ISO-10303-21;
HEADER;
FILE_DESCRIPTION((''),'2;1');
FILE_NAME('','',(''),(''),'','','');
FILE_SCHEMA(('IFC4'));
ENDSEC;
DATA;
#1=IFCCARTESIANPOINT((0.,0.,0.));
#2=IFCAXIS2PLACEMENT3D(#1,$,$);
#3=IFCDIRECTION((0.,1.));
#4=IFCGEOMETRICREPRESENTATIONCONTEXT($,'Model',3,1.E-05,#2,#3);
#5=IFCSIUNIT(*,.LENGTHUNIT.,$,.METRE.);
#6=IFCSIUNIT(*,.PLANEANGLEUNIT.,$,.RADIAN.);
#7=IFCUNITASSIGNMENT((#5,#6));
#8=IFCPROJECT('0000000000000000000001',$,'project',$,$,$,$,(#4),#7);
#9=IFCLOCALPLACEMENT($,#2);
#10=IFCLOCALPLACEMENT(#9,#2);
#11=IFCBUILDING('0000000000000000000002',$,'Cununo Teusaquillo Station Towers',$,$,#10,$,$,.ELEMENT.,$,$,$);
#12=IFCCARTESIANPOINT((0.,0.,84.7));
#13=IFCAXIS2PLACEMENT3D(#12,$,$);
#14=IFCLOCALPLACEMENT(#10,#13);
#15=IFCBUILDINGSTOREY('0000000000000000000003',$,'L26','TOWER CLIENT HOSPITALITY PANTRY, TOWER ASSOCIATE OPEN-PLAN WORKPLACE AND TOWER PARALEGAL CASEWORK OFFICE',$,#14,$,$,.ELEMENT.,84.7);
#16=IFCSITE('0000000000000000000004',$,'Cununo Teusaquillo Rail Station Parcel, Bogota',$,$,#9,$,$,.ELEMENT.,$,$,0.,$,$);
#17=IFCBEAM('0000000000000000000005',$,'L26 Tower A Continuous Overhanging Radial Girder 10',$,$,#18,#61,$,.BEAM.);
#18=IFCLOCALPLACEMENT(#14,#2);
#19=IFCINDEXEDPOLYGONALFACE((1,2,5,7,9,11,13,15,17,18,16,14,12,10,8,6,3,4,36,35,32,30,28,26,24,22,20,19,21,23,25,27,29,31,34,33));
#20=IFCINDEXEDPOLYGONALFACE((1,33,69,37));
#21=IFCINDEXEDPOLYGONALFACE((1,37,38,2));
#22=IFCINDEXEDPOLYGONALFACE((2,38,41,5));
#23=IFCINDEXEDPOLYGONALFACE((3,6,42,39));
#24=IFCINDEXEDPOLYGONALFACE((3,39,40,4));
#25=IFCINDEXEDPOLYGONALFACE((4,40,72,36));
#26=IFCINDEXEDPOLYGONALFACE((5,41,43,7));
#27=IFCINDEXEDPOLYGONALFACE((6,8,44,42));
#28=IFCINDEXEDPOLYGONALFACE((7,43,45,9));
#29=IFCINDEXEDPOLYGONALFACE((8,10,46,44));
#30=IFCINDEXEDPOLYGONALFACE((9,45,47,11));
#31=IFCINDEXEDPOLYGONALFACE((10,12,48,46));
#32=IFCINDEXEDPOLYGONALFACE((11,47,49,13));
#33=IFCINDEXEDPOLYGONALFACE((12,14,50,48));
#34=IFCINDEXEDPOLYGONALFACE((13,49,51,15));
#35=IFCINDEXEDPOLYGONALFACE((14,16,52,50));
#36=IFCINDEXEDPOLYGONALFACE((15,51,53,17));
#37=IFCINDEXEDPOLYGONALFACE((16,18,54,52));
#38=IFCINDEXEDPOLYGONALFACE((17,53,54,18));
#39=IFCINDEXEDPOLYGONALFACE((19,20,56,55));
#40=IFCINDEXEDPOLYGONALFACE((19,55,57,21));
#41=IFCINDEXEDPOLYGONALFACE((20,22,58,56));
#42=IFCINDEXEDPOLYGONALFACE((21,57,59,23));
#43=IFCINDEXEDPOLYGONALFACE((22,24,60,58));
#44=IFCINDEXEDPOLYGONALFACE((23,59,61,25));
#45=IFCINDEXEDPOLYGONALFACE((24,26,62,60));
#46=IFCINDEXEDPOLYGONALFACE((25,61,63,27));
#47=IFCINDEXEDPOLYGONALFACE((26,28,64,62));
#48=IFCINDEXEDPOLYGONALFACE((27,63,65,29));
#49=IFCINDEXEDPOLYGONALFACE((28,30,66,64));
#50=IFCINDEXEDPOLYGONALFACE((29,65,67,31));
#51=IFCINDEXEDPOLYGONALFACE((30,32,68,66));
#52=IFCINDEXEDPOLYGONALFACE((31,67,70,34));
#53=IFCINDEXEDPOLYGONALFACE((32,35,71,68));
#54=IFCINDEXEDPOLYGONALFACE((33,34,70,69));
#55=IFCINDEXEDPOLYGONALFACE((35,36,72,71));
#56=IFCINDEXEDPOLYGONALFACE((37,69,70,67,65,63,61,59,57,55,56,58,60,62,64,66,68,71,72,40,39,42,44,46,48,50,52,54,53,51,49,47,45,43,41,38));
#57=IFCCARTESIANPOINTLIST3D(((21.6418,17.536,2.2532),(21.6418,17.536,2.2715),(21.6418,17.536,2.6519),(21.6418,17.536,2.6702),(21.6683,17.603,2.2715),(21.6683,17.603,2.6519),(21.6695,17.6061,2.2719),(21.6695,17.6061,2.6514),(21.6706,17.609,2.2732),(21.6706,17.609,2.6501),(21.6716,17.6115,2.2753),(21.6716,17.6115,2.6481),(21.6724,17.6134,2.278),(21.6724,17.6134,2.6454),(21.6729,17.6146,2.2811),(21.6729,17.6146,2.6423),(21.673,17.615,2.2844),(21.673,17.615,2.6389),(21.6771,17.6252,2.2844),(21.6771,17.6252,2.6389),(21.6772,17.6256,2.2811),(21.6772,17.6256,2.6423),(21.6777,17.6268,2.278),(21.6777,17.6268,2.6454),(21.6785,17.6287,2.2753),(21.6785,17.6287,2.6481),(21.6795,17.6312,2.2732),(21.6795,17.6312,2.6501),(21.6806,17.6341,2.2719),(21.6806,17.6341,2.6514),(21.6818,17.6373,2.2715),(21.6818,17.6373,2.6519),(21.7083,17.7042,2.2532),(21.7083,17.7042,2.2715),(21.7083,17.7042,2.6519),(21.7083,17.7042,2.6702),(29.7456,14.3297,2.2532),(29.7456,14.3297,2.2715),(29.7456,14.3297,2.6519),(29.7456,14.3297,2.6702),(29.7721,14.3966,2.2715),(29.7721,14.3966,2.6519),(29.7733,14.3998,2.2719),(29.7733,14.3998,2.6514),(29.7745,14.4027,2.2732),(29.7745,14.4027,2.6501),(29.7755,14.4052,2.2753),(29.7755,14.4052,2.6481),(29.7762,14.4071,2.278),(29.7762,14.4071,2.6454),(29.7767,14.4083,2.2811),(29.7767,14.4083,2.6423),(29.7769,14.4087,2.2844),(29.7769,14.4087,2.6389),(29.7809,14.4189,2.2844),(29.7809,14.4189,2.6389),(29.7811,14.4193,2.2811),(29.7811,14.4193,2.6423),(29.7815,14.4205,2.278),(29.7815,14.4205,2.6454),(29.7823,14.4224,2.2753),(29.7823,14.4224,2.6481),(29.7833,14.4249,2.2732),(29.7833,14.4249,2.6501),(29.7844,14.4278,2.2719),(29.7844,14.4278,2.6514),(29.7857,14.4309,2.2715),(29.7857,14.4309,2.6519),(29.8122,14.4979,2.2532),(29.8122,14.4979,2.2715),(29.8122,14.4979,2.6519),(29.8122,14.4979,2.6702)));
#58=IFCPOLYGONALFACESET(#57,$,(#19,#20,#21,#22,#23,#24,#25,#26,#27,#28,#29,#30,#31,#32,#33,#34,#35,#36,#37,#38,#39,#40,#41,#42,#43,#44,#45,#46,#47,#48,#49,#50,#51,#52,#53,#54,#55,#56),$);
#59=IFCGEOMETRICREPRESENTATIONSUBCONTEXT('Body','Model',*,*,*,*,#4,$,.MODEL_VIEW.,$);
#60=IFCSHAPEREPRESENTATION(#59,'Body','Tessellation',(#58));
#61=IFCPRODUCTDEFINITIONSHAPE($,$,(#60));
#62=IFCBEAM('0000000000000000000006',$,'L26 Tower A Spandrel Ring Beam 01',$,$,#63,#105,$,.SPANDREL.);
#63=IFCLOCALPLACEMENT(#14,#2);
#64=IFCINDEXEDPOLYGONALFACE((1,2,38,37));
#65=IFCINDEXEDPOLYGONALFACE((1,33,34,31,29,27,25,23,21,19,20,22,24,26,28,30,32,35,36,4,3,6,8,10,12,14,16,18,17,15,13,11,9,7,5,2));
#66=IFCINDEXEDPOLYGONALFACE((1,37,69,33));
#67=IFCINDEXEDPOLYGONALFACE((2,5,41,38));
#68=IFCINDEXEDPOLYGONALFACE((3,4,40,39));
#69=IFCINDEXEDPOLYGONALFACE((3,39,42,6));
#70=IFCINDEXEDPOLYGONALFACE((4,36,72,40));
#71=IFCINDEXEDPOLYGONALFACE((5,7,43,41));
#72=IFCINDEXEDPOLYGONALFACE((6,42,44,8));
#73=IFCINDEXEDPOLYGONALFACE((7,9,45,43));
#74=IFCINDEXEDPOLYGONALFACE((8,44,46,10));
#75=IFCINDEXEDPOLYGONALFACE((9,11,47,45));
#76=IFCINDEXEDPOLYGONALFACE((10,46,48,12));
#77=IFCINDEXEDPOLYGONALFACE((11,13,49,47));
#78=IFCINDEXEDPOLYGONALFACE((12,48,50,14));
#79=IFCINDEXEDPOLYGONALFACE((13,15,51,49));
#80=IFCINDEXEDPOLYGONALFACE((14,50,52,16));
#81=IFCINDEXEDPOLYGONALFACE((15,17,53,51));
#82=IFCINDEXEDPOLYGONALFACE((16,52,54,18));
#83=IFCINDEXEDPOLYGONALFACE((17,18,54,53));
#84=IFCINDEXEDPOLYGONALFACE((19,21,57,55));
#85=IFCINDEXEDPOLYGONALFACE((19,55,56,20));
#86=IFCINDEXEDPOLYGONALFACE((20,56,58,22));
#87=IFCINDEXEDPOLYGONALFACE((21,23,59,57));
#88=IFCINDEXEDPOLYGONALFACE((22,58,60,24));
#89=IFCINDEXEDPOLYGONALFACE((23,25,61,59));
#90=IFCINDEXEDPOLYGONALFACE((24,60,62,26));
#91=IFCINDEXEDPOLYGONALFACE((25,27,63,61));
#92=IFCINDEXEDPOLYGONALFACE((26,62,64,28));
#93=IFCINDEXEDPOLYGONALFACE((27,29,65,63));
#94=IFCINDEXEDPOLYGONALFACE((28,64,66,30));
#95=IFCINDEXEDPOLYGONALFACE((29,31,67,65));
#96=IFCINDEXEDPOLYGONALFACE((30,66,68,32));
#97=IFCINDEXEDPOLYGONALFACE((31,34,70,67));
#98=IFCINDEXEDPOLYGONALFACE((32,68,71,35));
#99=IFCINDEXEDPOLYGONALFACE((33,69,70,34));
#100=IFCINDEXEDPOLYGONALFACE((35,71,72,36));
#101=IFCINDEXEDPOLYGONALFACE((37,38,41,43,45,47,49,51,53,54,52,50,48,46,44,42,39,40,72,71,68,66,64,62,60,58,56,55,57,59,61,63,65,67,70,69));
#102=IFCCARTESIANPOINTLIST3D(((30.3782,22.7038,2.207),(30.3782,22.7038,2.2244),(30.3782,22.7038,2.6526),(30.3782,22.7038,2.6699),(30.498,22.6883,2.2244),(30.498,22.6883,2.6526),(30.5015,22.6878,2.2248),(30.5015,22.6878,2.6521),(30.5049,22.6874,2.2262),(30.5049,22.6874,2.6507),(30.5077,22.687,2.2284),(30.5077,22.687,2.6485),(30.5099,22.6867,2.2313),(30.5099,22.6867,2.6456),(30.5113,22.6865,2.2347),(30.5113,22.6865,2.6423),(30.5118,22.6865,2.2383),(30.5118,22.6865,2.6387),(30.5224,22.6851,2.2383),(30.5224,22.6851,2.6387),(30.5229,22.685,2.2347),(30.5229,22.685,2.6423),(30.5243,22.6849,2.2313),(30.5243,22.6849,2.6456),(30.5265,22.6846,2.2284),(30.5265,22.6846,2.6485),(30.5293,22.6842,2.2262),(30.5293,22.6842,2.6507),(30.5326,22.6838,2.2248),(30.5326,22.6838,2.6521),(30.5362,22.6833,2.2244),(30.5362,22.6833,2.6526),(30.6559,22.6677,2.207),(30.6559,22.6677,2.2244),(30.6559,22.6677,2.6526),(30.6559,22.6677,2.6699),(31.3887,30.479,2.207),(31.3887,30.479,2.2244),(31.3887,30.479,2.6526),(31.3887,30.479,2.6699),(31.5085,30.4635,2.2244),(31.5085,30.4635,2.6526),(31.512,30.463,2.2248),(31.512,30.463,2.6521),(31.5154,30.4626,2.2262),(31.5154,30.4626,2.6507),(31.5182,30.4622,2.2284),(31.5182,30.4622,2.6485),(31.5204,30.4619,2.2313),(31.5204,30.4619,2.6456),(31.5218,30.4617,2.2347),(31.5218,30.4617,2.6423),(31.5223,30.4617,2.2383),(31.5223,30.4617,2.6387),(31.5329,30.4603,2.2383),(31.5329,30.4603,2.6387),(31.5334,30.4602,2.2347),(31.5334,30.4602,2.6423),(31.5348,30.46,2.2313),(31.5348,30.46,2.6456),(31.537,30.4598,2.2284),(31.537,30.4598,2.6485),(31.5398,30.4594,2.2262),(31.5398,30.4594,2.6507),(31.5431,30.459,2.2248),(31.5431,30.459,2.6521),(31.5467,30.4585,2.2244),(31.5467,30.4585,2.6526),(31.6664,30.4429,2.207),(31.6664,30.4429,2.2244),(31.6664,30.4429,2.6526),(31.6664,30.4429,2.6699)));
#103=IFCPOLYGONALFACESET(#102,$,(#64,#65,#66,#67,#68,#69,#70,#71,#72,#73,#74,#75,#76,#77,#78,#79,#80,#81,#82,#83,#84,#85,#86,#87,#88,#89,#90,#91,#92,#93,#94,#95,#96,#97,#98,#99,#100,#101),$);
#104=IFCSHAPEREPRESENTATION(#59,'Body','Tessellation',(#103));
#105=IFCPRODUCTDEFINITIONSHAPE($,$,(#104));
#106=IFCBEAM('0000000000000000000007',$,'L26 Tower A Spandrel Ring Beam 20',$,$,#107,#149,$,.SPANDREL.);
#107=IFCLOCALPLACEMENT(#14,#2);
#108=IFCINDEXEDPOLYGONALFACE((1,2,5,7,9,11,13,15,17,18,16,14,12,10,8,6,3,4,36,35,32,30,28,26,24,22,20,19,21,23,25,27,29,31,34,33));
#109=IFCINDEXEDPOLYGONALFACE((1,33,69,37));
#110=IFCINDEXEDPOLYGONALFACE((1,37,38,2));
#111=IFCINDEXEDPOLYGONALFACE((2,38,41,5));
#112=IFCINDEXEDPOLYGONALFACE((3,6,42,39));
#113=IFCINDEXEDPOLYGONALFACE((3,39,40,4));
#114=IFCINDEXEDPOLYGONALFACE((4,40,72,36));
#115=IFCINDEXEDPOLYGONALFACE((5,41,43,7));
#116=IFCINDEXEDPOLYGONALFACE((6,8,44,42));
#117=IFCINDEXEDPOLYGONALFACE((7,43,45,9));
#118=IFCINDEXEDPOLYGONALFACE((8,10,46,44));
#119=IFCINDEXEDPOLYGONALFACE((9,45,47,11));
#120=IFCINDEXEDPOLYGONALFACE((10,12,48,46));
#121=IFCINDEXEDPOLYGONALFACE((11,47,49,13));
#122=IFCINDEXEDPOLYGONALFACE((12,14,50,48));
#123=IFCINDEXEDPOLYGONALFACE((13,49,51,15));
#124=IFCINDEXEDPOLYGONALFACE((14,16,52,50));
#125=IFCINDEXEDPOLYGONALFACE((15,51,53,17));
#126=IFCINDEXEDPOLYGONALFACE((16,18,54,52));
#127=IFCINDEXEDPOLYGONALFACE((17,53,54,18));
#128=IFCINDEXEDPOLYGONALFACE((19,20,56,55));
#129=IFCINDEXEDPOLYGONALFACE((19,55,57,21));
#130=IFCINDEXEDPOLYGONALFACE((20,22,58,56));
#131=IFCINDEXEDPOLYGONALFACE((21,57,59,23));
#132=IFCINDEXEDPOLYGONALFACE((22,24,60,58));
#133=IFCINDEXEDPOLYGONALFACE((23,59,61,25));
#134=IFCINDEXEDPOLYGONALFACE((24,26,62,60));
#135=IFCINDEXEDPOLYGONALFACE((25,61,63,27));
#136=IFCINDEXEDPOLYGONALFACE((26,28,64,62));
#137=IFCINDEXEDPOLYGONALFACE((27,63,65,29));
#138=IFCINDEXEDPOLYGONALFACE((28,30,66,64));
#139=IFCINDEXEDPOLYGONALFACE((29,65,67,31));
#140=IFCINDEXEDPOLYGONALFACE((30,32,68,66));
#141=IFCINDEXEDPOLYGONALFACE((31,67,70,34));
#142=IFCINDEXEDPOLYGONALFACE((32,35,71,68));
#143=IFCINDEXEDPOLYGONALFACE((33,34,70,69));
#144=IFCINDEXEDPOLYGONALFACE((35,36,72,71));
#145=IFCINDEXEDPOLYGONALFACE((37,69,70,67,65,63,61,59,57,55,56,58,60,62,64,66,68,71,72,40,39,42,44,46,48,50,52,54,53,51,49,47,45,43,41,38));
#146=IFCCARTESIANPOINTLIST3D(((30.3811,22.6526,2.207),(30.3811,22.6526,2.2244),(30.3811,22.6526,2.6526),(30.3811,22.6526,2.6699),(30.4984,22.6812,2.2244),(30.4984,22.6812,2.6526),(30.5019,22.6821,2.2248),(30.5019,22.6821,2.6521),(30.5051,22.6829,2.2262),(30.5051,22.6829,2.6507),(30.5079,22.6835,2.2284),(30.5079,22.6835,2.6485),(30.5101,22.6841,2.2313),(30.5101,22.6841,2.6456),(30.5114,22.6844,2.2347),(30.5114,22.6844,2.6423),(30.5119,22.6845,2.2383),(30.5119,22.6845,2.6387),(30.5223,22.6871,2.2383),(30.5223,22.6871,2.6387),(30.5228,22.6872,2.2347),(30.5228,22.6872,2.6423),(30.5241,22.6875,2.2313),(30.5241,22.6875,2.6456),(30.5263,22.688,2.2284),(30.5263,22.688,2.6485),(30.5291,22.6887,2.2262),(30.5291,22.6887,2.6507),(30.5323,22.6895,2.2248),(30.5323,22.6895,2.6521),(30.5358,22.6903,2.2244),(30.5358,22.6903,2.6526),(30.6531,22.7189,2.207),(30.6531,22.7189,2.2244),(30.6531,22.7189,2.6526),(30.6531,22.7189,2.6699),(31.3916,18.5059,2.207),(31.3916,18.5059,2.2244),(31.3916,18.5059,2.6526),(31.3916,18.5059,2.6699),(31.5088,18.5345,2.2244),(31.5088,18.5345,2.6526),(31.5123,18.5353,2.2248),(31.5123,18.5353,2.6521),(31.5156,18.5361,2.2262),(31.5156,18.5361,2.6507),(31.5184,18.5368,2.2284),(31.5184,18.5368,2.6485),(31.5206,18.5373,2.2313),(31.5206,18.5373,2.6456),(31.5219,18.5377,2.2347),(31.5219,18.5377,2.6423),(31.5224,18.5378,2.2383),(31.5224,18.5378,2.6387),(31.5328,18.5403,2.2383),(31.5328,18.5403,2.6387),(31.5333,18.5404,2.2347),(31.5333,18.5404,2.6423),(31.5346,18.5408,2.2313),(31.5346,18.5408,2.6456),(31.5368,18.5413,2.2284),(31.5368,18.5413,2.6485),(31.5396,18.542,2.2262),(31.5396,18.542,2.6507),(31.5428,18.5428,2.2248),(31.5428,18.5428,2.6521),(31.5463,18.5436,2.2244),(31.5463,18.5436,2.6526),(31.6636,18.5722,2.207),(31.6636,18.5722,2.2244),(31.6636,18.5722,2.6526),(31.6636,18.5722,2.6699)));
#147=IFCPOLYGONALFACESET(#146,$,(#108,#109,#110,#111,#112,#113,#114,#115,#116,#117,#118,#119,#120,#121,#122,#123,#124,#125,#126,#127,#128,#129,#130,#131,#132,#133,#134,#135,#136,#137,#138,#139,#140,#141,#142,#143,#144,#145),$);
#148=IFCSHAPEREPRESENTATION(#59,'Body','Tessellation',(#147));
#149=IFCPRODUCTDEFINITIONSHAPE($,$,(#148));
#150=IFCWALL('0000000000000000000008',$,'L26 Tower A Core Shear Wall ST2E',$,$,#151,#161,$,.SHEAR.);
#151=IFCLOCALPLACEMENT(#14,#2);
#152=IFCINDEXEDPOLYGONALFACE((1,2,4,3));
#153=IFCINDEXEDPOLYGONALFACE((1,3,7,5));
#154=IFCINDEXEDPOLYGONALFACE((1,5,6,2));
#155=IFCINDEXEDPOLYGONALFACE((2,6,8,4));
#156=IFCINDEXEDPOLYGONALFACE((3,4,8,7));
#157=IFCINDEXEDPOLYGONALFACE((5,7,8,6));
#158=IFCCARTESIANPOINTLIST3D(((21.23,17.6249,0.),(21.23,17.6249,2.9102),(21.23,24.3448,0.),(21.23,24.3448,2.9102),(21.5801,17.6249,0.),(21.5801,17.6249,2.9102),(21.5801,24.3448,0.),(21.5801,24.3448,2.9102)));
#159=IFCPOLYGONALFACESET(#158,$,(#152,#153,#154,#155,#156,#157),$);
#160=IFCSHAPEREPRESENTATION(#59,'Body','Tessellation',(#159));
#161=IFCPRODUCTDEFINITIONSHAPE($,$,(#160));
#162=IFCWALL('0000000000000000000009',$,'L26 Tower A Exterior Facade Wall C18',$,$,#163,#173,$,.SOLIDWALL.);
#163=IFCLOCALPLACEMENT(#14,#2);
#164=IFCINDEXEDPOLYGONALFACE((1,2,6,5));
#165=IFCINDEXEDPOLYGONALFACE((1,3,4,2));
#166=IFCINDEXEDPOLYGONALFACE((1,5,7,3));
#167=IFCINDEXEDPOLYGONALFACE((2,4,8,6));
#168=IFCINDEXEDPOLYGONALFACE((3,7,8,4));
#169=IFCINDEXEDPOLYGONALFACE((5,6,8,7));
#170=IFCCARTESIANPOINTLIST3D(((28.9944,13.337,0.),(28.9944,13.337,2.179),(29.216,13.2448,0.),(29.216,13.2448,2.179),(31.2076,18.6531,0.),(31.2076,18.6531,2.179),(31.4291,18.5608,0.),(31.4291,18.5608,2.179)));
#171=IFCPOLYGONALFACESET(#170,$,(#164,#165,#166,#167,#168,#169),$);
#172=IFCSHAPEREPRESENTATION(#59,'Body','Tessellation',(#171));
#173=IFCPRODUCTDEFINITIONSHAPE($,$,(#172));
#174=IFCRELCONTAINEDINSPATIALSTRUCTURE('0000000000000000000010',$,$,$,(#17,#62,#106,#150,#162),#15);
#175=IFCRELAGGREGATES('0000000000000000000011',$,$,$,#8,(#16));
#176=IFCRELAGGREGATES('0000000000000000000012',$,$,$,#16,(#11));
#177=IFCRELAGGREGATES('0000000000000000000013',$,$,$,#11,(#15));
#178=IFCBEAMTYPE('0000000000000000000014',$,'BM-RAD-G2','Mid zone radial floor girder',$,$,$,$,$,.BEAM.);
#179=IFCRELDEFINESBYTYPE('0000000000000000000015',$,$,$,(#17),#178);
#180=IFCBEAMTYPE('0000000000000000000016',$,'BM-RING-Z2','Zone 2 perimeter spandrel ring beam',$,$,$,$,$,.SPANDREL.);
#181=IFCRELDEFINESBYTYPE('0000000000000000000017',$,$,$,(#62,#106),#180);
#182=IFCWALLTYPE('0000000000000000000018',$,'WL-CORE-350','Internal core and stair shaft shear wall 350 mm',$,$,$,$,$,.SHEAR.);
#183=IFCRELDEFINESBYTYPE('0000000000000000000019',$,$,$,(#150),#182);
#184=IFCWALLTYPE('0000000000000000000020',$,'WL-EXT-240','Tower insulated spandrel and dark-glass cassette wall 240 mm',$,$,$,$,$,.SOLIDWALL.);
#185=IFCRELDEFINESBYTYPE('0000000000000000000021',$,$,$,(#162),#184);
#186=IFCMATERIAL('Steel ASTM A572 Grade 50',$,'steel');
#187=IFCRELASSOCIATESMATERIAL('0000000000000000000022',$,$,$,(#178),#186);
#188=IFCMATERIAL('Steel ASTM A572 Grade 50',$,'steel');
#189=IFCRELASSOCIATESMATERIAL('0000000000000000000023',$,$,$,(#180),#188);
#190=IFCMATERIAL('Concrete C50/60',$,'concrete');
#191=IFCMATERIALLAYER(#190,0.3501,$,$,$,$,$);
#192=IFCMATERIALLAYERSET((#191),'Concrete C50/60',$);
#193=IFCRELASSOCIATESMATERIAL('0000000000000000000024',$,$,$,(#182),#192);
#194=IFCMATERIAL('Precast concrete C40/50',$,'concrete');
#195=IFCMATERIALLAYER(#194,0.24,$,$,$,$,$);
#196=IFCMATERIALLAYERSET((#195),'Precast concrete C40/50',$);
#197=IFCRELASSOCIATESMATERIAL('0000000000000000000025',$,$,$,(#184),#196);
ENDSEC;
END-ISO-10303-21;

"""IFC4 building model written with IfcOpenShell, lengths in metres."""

from ifc_helpers import new_model, si_unit, direction, frame, frame_2d, origin, origin_2d, place, context, subcontext, project, spatial, rectangle, i_section, extrude, material, layer, layer_set, material_profile, profile_set, type_object, element, save


model = new_model("IFC4")

# Units and contexts
model_context = context("Model", 3, precision=1e-05, world=origin(), true_north=direction((0.0, 1.0)))
body_context = subcontext(model_context, "Body", "Model", "MODEL_VIEW")
ifc_project = project(units=[si_unit("LENGTHUNIT", "METRE"), si_unit("PLANEANGLEUNIT", "RADIAN")], contexts=[model_context])

# Site, building, storey
site_placement = place(None, origin())
site = spatial("IfcSite", under=ifc_project, at=site_placement, Name="Cununo Teusaquillo Rail Station Parcel, Bogota", CompositionType="ELEMENT", RefElevation=0.0)
building_placement = place(site_placement, origin())
building = spatial("IfcBuilding", under=site, at=building_placement, Name="Cununo Teusaquillo Station Towers", CompositionType="ELEMENT")
storey_placement = place(building_placement, frame((0.0, 0.0, 84.7)))
storey = spatial("IfcBuildingStorey", under=building, at=storey_placement, Name="L26", Description="TOWER CLIENT HOSPITALITY PANTRY, TOWER ASSOCIATE OPEN-PLAN WORKPLACE AND TOWER PARALEGAL CASEWORK OFFICE", CompositionType="ELEMENT", Elevation=84.7)

# Beams
ifc_material_1 = material(Name="Steel ASTM A572 Grade 50", Category="steel")
ifc_material_profile_1 = material_profile(ifc_material_1, i_section(OverallWidth=0.1809, OverallDepth=0.417, WebThickness=0.011, FlangeThickness=0.0183, FilletRadius=0.0129, at=origin_2d()), Name="W16X57")
ifc_profile_set_1 = profile_set([ifc_material_profile_1], Name="Steel ASTM A572 Grade 50")
beam_type_1 = type_object("IfcBeamType", Name="BM-RAD-G2", Description="Mid zone radial floor girder", PredefinedType="BEAM", material=ifc_profile_set_1)
beam_1_placement = place(storey_placement, frame((21.675, 17.6201, 2.4617), z_axis=(0.929863, -0.367906, 0.0), x_axis=(0.367906, 0.929863, 0.0)))
element("IfcBeam", 1, at=beam_1_placement, inside=storey, type_object=beam_type_1, Name="L26 Tower A Continuous Overhanging Radial Girder 10", PredefinedType="BEAM", context=body_context, shape_type="SweptSolid", body=[
    extrude(i_section(OverallWidth=0.1809, OverallDepth=0.417, WebThickness=0.011, FlangeThickness=0.0183, FilletRadius=0.0129, at=origin_2d()), origin(), (0.0, 0.0, 1.0), 8.7151),
])
ifc_material_2 = material(Name="Steel ASTM A572 Grade 50", Category="steel")
ifc_material_profile_2 = material_profile(ifc_material_2, i_section(OverallWidth=0.28, OverallDepth=0.4629, WebThickness=0.0107, FlangeThickness=0.0173, FilletRadius=0.0139, at=origin_2d()), Name="W18X76")
ifc_profile_set_2 = profile_set([ifc_material_profile_2], Name="Steel ASTM A572 Grade 50")
beam_type_2 = type_object("IfcBeamType", Name="BM-RING-Z2", Description="Zone 2 perimeter spandrel ring beam", PredefinedType="SPANDREL", material=ifc_profile_set_2)
beam_2_placement = place(storey_placement, frame((30.5171, 22.6858, 2.4385), z_axis=(0.128881, 0.99166, 0.0), x_axis=(-0.99166, 0.128881, 0.0)))
element("IfcBeam", 2, at=beam_2_placement, inside=storey, type_object=beam_type_2, Name="L26 Tower A Spandrel Ring Beam 01", PredefinedType="SPANDREL", context=body_context, shape_type="SweptSolid", body=[
    extrude(i_section(OverallWidth=0.28, OverallDepth=0.4629, WebThickness=0.0107, FlangeThickness=0.0173, FilletRadius=0.0139, at=origin_2d()), origin(), (0.0, 0.0, 1.0), 7.8406),
])
beam_3_placement = place(storey_placement, frame((31.5276, 18.5391, 2.4385), z_axis=(-0.236757, 0.971569, 0.0), x_axis=(-0.971569, -0.236757, 0.0)))
element("IfcBeam", 3, at=beam_3_placement, inside=storey, type_object=beam_type_2, Name="L26 Tower A Spandrel Ring Beam 20", PredefinedType="SPANDREL", context=body_context, shape_type="SweptSolid", body=[
    extrude(i_section(OverallWidth=0.28, OverallDepth=0.4629, WebThickness=0.0107, FlangeThickness=0.0173, FilletRadius=0.0139, at=origin_2d()), origin(), (0.0, 0.0, 1.0), 4.2681),
])

# Walls
ifc_material_3 = material(Name="Concrete C50/60", Category="concrete")
ifc_layer_1 = layer(ifc_material_3, 0.3501)
ifc_layer_set_1 = layer_set([ifc_layer_1], Name="Concrete C50/60")
wall_type_1 = type_object("IfcWallType", Name="WL-CORE-350", Description="Internal core and stair shaft shear wall 350 mm", PredefinedType="SHEAR", material=ifc_layer_set_1)
wall_1_placement = place(storey_placement, frame((21.405, 17.625, 0.0), z_axis=(0.0, 0.0, 1.0), x_axis=(0.0, 1.0, 0.0)))
element("IfcWall", 4, at=wall_1_placement, inside=storey, type_object=wall_type_1, Name="L26 Tower A Core Shear Wall ST2E", PredefinedType="SHEAR", context=body_context, shape_type="SweptSolid", body=[
    extrude(rectangle(XDim=6.72, YDim=0.3501, at=frame_2d((3.3599, 0.0))), origin(), (0.0, 0.0, 1.0), 2.9102),
])
ifc_material_4 = material(Name="Precast concrete C40/50", Category="concrete")
ifc_layer_2 = layer(ifc_material_4, 0.24)
ifc_layer_set_2 = layer_set([ifc_layer_2], Name="Precast concrete C40/50")
wall_type_2 = type_object("IfcWallType", Name="WL-EXT-240", Description="Tower insulated spandrel and dark-glass cassette wall 240 mm", PredefinedType="SOLIDWALL", material=ifc_layer_set_2)
wall_2_placement = place(storey_placement, frame((31.3184, 18.6069, 0.0), z_axis=(0.0, 0.0, 1.0), x_axis=(-0.384344, -0.92319, 0.0)))
element("IfcWall", 5, at=wall_2_placement, inside=storey, type_object=wall_type_2, Name="L26 Tower A Exterior Facade Wall C18", PredefinedType="SOLIDWALL", context=body_context, shape_type="SweptSolid", body=[
    extrude(rectangle(XDim=5.7583, YDim=0.24, at=frame_2d((2.8792, 0.0))), origin(), (0.0, 0.0, 1.0), 2.179),
])

save(model, "model.ifc")
